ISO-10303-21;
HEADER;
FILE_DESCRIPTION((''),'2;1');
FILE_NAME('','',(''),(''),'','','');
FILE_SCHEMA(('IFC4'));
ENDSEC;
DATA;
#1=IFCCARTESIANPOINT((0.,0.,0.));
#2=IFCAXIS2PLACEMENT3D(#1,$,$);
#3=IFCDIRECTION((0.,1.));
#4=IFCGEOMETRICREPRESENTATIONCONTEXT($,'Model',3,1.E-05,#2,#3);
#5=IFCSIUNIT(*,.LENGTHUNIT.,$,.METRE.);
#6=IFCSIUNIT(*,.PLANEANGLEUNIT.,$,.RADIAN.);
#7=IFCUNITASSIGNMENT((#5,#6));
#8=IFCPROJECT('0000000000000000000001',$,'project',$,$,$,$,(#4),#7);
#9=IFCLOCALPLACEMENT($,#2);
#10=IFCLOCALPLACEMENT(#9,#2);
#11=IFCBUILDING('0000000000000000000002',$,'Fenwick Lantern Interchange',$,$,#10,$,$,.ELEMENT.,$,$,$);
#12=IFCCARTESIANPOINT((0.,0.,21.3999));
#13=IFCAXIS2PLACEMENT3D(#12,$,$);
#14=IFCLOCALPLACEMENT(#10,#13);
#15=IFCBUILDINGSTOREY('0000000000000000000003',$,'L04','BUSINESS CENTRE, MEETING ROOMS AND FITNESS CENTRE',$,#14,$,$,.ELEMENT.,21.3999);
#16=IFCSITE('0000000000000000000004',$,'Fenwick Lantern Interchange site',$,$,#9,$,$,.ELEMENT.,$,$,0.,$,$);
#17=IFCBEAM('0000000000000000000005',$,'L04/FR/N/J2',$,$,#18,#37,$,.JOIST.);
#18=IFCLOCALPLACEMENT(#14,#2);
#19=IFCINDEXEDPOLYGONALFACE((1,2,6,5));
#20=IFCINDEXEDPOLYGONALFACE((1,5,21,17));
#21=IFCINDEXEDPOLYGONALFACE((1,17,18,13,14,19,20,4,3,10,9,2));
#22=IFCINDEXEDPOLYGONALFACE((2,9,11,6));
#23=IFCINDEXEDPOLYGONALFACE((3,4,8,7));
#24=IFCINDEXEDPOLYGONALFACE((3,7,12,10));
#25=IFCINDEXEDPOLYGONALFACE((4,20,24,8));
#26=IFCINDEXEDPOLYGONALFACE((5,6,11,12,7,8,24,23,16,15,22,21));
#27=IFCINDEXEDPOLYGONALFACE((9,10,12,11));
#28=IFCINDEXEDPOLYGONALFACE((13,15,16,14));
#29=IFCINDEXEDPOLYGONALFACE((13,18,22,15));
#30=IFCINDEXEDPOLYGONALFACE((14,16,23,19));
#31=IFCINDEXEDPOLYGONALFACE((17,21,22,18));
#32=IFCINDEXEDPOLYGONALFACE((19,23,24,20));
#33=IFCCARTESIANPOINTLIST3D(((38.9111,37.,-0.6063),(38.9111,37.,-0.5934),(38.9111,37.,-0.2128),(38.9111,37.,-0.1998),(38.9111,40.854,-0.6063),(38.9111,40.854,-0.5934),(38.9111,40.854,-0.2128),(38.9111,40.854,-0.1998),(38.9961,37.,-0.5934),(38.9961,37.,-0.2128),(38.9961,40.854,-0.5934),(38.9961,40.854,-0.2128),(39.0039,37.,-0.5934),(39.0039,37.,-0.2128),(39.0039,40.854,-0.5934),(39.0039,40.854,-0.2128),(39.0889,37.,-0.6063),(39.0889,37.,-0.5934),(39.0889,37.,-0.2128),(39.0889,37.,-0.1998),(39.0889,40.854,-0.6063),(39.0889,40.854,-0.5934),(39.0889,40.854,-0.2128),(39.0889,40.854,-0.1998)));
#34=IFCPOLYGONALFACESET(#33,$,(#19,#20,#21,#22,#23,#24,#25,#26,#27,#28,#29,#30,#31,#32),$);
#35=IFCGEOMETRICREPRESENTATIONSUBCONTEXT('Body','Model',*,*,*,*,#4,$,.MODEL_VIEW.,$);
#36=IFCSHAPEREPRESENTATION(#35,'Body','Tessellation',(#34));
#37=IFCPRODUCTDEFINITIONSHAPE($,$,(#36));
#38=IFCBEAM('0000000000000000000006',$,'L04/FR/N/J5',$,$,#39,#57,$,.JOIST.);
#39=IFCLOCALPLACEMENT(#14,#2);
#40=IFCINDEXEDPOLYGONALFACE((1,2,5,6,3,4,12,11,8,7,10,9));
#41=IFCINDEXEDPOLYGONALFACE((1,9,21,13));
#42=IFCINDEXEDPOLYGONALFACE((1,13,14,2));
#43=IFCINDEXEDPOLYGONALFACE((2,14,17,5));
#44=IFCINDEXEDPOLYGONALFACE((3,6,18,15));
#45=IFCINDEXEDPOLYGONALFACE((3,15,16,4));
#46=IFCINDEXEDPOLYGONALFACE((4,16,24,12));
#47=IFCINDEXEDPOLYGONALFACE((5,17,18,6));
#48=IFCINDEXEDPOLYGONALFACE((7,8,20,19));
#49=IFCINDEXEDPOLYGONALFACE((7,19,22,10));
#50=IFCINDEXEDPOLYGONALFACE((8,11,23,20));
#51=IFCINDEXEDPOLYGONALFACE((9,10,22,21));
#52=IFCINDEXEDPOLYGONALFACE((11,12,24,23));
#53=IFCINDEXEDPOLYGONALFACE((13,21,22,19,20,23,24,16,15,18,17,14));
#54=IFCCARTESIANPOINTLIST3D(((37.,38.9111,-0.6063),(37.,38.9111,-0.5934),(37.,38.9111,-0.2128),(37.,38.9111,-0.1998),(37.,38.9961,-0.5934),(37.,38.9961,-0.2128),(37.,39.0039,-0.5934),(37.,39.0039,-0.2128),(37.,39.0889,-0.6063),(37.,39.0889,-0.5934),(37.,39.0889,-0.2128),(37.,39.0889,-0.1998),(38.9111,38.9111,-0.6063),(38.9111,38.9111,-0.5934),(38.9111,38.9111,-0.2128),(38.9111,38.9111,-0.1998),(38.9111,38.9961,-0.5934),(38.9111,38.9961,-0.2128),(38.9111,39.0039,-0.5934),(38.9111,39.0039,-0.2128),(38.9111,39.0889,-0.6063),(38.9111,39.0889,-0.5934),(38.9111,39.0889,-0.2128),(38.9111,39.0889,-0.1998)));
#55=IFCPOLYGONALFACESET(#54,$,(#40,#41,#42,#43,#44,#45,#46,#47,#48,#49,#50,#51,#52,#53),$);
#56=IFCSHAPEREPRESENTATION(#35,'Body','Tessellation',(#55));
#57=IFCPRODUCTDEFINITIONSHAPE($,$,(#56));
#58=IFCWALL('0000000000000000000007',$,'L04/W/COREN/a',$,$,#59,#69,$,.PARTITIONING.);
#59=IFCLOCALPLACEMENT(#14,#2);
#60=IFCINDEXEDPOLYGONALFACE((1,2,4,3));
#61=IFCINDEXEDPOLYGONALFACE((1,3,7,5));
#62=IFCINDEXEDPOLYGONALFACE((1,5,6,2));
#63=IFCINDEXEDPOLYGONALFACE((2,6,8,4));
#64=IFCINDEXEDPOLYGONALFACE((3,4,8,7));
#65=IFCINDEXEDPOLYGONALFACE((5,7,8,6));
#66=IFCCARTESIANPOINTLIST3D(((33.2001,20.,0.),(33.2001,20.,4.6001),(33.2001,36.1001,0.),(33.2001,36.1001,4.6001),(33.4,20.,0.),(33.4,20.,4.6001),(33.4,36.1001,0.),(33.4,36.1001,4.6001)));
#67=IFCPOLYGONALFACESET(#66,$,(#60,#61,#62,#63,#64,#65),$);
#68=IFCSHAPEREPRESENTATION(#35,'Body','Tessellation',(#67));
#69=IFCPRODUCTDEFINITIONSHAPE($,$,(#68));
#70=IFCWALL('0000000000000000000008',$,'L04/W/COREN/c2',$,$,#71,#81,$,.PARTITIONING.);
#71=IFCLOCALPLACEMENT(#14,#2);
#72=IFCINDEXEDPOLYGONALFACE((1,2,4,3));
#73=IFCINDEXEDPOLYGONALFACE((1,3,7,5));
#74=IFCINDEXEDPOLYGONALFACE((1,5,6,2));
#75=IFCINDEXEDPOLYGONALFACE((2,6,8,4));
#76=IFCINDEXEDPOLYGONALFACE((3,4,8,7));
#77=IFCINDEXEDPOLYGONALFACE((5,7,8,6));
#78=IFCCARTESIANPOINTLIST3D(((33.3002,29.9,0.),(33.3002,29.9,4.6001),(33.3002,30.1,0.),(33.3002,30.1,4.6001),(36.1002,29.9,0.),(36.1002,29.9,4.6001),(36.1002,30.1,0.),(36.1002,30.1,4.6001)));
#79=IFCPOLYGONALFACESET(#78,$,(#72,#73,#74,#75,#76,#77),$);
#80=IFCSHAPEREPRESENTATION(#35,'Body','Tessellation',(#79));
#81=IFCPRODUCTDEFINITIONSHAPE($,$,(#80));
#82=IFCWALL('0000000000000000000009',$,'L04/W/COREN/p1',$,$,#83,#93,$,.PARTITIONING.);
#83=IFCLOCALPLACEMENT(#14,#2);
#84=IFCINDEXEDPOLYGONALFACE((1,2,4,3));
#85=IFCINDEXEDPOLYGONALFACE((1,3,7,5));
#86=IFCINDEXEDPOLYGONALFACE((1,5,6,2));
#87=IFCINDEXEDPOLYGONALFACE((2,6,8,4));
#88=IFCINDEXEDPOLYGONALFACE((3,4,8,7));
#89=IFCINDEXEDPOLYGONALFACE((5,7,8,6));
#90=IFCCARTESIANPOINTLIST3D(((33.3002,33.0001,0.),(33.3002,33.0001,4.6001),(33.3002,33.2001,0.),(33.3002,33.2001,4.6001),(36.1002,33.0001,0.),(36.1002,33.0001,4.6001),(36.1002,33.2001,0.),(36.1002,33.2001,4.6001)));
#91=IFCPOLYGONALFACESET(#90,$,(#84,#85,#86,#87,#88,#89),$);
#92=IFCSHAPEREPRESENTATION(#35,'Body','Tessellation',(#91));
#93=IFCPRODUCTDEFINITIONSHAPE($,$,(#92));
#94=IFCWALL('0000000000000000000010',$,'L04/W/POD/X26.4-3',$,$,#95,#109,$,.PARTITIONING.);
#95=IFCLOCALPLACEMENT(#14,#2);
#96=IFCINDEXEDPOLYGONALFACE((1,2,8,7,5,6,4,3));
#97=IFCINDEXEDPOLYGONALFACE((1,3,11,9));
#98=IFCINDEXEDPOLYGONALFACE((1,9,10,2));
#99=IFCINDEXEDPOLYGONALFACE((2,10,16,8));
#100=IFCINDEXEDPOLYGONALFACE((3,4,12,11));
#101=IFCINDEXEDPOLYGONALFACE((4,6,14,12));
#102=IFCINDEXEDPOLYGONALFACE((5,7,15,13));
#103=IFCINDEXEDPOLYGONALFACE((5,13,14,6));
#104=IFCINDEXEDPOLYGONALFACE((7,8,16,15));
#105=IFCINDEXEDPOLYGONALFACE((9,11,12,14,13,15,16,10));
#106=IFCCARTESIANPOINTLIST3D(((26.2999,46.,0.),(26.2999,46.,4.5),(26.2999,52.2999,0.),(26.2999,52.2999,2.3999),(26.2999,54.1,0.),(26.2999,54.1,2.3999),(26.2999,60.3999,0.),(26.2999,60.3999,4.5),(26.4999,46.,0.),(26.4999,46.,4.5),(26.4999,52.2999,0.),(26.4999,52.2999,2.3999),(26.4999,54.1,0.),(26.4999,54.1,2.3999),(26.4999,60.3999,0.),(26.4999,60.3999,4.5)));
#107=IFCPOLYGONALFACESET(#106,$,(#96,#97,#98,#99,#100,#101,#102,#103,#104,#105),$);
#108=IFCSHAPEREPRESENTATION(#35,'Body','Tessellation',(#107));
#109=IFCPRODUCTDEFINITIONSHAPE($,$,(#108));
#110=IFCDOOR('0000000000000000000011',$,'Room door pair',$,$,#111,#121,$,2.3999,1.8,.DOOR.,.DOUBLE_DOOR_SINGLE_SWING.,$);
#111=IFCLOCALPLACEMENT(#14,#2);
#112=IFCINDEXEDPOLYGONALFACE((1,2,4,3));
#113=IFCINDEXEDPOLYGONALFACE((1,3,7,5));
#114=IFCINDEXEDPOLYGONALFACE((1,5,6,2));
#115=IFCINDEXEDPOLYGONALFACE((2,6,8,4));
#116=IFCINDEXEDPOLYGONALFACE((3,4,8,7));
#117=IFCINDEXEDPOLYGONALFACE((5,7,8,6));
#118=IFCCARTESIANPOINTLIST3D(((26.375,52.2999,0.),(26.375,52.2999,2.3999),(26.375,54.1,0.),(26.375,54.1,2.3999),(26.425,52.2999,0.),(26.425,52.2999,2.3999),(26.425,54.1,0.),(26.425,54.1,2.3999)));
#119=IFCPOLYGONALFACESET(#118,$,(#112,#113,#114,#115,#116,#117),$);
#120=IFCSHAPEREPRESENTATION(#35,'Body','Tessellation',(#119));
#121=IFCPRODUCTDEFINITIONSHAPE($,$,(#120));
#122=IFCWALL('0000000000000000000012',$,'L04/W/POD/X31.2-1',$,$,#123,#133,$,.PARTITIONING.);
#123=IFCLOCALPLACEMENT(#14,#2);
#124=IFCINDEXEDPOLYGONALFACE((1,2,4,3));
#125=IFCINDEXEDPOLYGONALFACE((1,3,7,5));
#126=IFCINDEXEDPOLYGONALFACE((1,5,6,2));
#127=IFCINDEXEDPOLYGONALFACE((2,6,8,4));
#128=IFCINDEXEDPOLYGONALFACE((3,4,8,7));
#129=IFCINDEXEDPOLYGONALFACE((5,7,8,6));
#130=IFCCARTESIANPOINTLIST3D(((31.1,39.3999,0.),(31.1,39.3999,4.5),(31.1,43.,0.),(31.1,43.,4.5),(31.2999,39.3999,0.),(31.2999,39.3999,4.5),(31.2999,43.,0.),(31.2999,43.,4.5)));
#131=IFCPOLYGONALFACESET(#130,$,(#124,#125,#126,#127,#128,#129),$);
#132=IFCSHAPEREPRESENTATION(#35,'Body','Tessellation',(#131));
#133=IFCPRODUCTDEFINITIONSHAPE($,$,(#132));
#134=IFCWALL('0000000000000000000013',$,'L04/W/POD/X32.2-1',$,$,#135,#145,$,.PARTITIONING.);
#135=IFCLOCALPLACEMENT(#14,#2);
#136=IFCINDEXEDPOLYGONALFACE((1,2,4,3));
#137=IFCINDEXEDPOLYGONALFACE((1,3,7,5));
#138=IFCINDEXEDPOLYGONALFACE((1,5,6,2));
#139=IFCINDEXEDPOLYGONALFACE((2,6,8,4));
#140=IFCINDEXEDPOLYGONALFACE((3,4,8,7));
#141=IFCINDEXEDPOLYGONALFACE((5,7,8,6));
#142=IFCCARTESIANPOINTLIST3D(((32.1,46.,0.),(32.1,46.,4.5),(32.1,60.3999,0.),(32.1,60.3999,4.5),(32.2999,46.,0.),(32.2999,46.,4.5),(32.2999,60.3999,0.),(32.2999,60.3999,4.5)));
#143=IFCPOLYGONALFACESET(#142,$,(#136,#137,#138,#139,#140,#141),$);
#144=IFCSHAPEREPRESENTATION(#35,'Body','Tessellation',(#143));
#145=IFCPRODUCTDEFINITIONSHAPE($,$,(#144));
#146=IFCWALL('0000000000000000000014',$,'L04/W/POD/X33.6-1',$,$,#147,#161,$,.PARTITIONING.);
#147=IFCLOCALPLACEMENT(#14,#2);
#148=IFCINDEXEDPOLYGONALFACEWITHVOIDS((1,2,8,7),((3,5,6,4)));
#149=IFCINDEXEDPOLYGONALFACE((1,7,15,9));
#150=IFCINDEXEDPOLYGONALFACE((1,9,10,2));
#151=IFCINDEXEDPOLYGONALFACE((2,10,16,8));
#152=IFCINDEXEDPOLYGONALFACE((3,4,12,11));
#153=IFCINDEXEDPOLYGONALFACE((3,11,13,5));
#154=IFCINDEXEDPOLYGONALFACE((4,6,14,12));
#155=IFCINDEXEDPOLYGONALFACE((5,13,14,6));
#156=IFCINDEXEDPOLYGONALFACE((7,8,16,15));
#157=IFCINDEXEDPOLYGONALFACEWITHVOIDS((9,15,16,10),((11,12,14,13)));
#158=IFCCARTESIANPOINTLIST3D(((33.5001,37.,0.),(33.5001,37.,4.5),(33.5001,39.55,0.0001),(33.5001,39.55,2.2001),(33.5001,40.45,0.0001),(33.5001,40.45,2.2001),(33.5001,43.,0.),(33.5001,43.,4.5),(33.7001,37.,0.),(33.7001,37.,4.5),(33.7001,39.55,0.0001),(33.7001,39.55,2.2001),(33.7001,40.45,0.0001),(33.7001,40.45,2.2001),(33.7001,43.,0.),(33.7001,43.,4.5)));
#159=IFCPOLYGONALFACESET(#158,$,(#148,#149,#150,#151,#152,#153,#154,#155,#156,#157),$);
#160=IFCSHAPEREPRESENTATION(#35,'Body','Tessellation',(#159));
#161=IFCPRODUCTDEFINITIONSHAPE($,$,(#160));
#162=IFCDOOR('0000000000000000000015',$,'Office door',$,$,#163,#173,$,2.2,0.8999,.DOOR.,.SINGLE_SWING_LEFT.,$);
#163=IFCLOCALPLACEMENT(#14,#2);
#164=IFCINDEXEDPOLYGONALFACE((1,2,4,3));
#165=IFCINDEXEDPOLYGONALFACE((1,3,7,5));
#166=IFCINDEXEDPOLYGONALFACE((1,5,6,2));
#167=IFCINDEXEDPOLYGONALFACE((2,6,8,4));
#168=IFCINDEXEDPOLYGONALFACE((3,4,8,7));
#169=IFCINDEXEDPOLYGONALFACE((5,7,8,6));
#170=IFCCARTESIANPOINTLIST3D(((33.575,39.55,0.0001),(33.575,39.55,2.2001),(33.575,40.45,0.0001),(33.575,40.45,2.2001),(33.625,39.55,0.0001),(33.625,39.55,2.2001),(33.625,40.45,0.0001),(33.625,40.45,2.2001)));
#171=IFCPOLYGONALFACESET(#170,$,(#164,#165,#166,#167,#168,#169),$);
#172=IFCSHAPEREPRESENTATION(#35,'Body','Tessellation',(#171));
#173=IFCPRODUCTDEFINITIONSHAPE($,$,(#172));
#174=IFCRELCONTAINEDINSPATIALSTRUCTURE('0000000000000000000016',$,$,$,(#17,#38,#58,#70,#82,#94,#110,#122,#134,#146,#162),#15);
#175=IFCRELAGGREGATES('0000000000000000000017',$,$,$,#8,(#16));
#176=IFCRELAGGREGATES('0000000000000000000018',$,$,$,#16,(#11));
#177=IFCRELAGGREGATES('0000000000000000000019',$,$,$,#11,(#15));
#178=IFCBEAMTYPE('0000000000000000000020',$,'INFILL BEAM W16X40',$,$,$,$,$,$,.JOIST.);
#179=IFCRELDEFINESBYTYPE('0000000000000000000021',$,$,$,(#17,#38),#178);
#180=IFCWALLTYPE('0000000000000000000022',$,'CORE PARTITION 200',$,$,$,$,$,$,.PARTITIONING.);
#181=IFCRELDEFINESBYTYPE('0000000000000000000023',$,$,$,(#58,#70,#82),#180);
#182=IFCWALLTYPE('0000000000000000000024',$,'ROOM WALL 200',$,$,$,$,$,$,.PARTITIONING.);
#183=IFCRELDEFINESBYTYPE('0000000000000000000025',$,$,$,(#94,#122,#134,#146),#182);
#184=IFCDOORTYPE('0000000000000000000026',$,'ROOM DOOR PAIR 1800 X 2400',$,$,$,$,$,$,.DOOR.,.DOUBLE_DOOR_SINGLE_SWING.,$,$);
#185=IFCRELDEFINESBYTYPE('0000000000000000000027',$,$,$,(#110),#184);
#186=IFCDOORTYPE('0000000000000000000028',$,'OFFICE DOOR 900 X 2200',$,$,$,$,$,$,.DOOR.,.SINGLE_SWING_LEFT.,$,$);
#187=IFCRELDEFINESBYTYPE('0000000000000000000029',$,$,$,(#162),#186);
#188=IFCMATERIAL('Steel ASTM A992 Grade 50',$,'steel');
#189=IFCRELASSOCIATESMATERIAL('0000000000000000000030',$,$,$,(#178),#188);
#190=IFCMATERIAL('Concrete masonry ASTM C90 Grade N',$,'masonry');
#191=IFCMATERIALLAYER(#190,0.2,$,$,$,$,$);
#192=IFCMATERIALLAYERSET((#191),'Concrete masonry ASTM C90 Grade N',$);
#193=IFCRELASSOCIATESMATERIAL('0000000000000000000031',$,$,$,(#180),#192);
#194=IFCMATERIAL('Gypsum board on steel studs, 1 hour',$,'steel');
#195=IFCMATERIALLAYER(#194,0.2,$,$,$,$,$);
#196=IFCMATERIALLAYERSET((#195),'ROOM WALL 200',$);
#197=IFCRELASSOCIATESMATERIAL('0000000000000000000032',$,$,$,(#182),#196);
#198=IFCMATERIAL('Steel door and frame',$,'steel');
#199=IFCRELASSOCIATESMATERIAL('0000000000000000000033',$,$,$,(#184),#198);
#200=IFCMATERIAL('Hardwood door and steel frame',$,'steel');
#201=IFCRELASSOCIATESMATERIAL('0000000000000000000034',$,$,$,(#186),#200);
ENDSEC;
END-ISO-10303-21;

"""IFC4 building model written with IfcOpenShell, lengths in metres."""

from ifc_helpers import new_model, si_unit, direction, frame, frame_2d, origin, origin_2d, place, context, subcontext, project, spatial, rectangle, i_section, extrude, material, layer, layer_set, material_profile, profile_set, type_object, element, fill, save


model = new_model("IFC4")

# Units and contexts
model_context = context("Model", 3, precision=1e-05, world=origin(), true_north=direction((0.0, 1.0)))
body_context = subcontext(model_context, "Body", "Model", "MODEL_VIEW")
ifc_project = project(units=[si_unit("LENGTHUNIT", "METRE"), si_unit("PLANEANGLEUNIT", "RADIAN")], contexts=[model_context])

# Site, building, storey
site_placement = place(None, origin())
site = spatial("IfcSite", under=ifc_project, at=site_placement, Name="Fenwick Lantern Interchange site", CompositionType="ELEMENT", RefElevation=0.0)
building_placement = place(site_placement, origin())
building = spatial("IfcBuilding", under=site, at=building_placement, Name="Fenwick Lantern Interchange", CompositionType="ELEMENT")
storey_placement = place(building_placement, frame((0.0, 0.0, 21.3999)))
storey = spatial("IfcBuildingStorey", under=building, at=storey_placement, Name="L04", Description="BUSINESS CENTRE, MEETING ROOMS AND FITNESS CENTRE", CompositionType="ELEMENT", Elevation=21.3999)

# Beams
ifc_material_1 = material(Name="Steel ASTM A992 Grade 50", Category="steel")
ifc_material_profile = material_profile(ifc_material_1, i_section(OverallWidth=0.1777, OverallDepth=0.4065, WebThickness=0.0078, FlangeThickness=0.0129, at=origin_2d()), Name="W16X40")
ifc_profile_set = profile_set([ifc_material_profile], Name="Steel ASTM A992 Grade 50")
beam_type = type_object("IfcBeamType", Name="INFILL BEAM W16X40", PredefinedType="JOIST", material=ifc_profile_set)
beam_1_placement = place(storey_placement, frame((39.0, 40.854, -0.4031), z_axis=(0.0, -1.0, 0.0), x_axis=(1.0, 0.0, 0.0)))
element("IfcBeam", 1, at=beam_1_placement, inside=storey, type_object=beam_type, Name="L04/FR/N/J2", PredefinedType="JOIST", context=body_context, shape_type="SweptSolid", body=[
    extrude(i_section(OverallWidth=0.1777, OverallDepth=0.4065, WebThickness=0.0078, FlangeThickness=0.0129, at=origin_2d()), origin(), (0.0, 0.0, 1.0), 3.854),
])
beam_2_placement = place(storey_placement, frame((38.9111, 39.0, -0.4031), z_axis=(-1.0, 0.0, 0.0), x_axis=(0.0, -1.0, 0.0)))
element("IfcBeam", 2, at=beam_2_placement, inside=storey, type_object=beam_type, Name="L04/FR/N/J5", PredefinedType="JOIST", context=body_context, shape_type="SweptSolid", body=[
    extrude(i_section(OverallWidth=0.1777, OverallDepth=0.4065, WebThickness=0.0078, FlangeThickness=0.0129, at=origin_2d()), origin(), (0.0, 0.0, 1.0), 1.9111),
])

# Walls
ifc_material_2 = material(Name="Concrete masonry ASTM C90 Grade N", Category="masonry")
ifc_layer_1 = layer(ifc_material_2, 0.2)
ifc_layer_set_1 = layer_set([ifc_layer_1], Name="Concrete masonry ASTM C90 Grade N")
wall_type_1 = type_object("IfcWallType", Name="CORE PARTITION 200", PredefinedType="PARTITIONING", material=ifc_layer_set_1)
wall_1_placement = place(storey_placement, frame((33.3, 36.1001, 0.0), z_axis=(0.0, 0.0, 1.0), x_axis=(0.0, -1.0, 0.0)))
element("IfcWall", 3, at=wall_1_placement, inside=storey, type_object=wall_type_1, Name="L04/W/COREN/a", PredefinedType="PARTITIONING", context=body_context, shape_type="SweptSolid", body=[
    extrude(rectangle(XDim=16.1001, YDim=0.2, at=frame_2d((8.05, 0.0))), origin(), (0.0, 0.0, 1.0), 4.6001),
])
for number, where, z_axis, x_axis, name in (
    (4, (36.1001, 30.0, 0.0), (0.0, 0.0, 1.0), (-1.0, 0.0, 0.0), "L04/W/COREN/c2"),
    (5, (36.1001, 33.1001, 0.0), (0.0, 0.0, 1.0), (-1.0, 0.0, 0.0), "L04/W/COREN/p1"),
):
    element("IfcWall", number, at=place(storey_placement, frame(where, z_axis=z_axis, x_axis=x_axis)), inside=storey, type_object=wall_type_1, Name=name, PredefinedType="PARTITIONING", context=body_context, shape_type="SweptSolid", body=[
        extrude(rectangle(XDim=2.8, YDim=0.2, at=frame_2d((1.3999, 0.0))), origin(), (0.0, 0.0, 1.0), 4.6001),
    ])

# Shared definitions
ifc_material_3 = material(Name="Steel door and frame", Category="steel")
ifc_material_4 = material(Name="Hardwood door and steel frame", Category="steel")

# Wall, opening, door
ifc_material_5 = material(Name="Gypsum board on steel studs, 1 hour", Category="steel")
ifc_layer_2 = layer(ifc_material_5, 0.2)
ifc_layer_set_2 = layer_set([ifc_layer_2], Name="ROOM WALL 200")
wall_type_2 = type_object("IfcWallType", Name="ROOM WALL 200", PredefinedType="PARTITIONING", material=ifc_layer_set_2)
wall_2_placement = place(storey_placement, frame((26.3999, 46.0, 0.0), z_axis=(0.0, 0.0, 1.0), x_axis=(0.0, 1.0, 0.0)))
wall_2 = element("IfcWall", 6, at=wall_2_placement, inside=storey, type_object=wall_type_2, Name="L04/W/POD/X26.4-3", PredefinedType="PARTITIONING", context=body_context, shape_type="SweptSolid", body=[
    extrude(rectangle(XDim=14.3999, YDim=0.2, at=frame_2d((7.2, 0.0))), origin(), (0.0, 0.0, 1.0), 4.5),
])
opening_1_placement = place(wall_2_placement, frame((6.3, 0.0, 0.0)))
opening_1 = element("IfcOpeningElement", 7, at=opening_1_placement, cuts=wall_2, PredefinedType="OPENING", context=body_context, shape_type="SweptSolid", body=[
    extrude(rectangle(XDim=1.8, YDim=2.3999, at=frame_2d((0.8999, 1.2))), frame((0.0, 0.1099, 0.0), z_axis=(0.0, -1.0, 0.0), x_axis=(1.0, 0.0, 0.0)), (0.0, 0.0, 1.0), 0.22),
])
door_type_1 = type_object("IfcDoorType", Name="ROOM DOOR PAIR 1800 X 2400", OperationType="DOUBLE_DOOR_SINGLE_SWING", PredefinedType="DOOR", material=ifc_material_3)
door_1_placement = place(opening_1_placement, origin())
door_1 = element("IfcDoor", 8, at=door_1_placement, inside=storey, type_object=door_type_1, Name="Room door pair", OperationType="DOUBLE_DOOR_SINGLE_SWING", OverallHeight=2.3999, OverallWidth=1.8, PredefinedType="DOOR", context=body_context, shape_type="SweptSolid", body=[
    extrude(rectangle(XDim=1.8, YDim=2.3999, at=frame_2d((0.8999, 1.2))), frame((0.0, 0.0249, 0.0), z_axis=(0.0, -1.0, 0.0), x_axis=(1.0, 0.0, 0.0)), (0.0, 0.0, 1.0), 0.05),
])
fill(opening_1, door_1)

# Walls
wall_3_placement = place(storey_placement, frame((31.2, 39.3999, 0.0), z_axis=(0.0, 0.0, 1.0), x_axis=(0.0, 1.0, 0.0)))
element("IfcWall", 9, at=wall_3_placement, inside=storey, type_object=wall_type_2, Name="L04/W/POD/X31.2-1", PredefinedType="PARTITIONING", context=body_context, shape_type="SweptSolid", body=[
    extrude(rectangle(XDim=3.6001, YDim=0.2, at=frame_2d((1.8, 0.0))), origin(), (0.0, 0.0, 1.0), 4.5),
])
wall_4_placement = place(storey_placement, frame((32.2, 46.0, 0.0), z_axis=(0.0, 0.0, 1.0), x_axis=(0.0, 1.0, 0.0)))
element("IfcWall", 10, at=wall_4_placement, inside=storey, type_object=wall_type_2, Name="L04/W/POD/X32.2-1", PredefinedType="PARTITIONING", context=body_context, shape_type="SweptSolid", body=[
    extrude(rectangle(XDim=14.3999, YDim=0.2, at=frame_2d((7.2, 0.0))), origin(), (0.0, 0.0, 1.0), 4.5),
])

# Wall, opening, door
wall_5_placement = place(storey_placement, frame((33.6001, 37.0, 0.0), z_axis=(0.0, 0.0, 1.0), x_axis=(0.0, 1.0, 0.0)))
wall_5 = element("IfcWall", 11, at=wall_5_placement, inside=storey, type_object=wall_type_2, Name="L04/W/POD/X33.6-1", PredefinedType="PARTITIONING", context=body_context, shape_type="SweptSolid", body=[
    extrude(rectangle(XDim=6.0, YDim=0.2, at=frame_2d((3.0, 0.0))), origin(), (0.0, 0.0, 1.0), 4.5),
])
opening_2_placement = place(wall_5_placement, frame((2.55, 0.0, 0.0)))
opening_2 = element("IfcOpeningElement", 12, at=opening_2_placement, cuts=wall_5, PredefinedType="OPENING", context=body_context, shape_type="SweptSolid", body=[
    extrude(rectangle(XDim=0.8999, YDim=2.2, at=frame_2d((0.45, 1.1001))), frame((0.0, 0.1099, 0.0), z_axis=(0.0, -1.0, 0.0), x_axis=(1.0, 0.0, 0.0)), (0.0, 0.0, 1.0), 0.22),
])
door_type_2 = type_object("IfcDoorType", Name="OFFICE DOOR 900 X 2200", OperationType="SINGLE_SWING_LEFT", PredefinedType="DOOR", material=ifc_material_4)
door_2_placement = place(opening_2_placement, frame((0.8999, 0.0, 0.0), z_axis=(0.0, 0.0, 1.0), x_axis=(-1.0, 0.0, 0.0)))
door_2 = element("IfcDoor", 13, at=door_2_placement, inside=storey, type_object=door_type_2, Name="Office door", OperationType="SINGLE_SWING_LEFT", OverallHeight=2.2, OverallWidth=0.8999, PredefinedType="DOOR", context=body_context, shape_type="SweptSolid", body=[
    extrude(rectangle(XDim=0.8999, YDim=2.2, at=frame_2d((0.45, 1.1001))), frame((0.0, 0.0249, 0.0), z_axis=(0.0, -1.0, 0.0), x_axis=(1.0, 0.0, 0.0)), (0.0, 0.0, 1.0), 0.05),
])
fill(opening_2, door_2)

save(model, "model.ifc")
